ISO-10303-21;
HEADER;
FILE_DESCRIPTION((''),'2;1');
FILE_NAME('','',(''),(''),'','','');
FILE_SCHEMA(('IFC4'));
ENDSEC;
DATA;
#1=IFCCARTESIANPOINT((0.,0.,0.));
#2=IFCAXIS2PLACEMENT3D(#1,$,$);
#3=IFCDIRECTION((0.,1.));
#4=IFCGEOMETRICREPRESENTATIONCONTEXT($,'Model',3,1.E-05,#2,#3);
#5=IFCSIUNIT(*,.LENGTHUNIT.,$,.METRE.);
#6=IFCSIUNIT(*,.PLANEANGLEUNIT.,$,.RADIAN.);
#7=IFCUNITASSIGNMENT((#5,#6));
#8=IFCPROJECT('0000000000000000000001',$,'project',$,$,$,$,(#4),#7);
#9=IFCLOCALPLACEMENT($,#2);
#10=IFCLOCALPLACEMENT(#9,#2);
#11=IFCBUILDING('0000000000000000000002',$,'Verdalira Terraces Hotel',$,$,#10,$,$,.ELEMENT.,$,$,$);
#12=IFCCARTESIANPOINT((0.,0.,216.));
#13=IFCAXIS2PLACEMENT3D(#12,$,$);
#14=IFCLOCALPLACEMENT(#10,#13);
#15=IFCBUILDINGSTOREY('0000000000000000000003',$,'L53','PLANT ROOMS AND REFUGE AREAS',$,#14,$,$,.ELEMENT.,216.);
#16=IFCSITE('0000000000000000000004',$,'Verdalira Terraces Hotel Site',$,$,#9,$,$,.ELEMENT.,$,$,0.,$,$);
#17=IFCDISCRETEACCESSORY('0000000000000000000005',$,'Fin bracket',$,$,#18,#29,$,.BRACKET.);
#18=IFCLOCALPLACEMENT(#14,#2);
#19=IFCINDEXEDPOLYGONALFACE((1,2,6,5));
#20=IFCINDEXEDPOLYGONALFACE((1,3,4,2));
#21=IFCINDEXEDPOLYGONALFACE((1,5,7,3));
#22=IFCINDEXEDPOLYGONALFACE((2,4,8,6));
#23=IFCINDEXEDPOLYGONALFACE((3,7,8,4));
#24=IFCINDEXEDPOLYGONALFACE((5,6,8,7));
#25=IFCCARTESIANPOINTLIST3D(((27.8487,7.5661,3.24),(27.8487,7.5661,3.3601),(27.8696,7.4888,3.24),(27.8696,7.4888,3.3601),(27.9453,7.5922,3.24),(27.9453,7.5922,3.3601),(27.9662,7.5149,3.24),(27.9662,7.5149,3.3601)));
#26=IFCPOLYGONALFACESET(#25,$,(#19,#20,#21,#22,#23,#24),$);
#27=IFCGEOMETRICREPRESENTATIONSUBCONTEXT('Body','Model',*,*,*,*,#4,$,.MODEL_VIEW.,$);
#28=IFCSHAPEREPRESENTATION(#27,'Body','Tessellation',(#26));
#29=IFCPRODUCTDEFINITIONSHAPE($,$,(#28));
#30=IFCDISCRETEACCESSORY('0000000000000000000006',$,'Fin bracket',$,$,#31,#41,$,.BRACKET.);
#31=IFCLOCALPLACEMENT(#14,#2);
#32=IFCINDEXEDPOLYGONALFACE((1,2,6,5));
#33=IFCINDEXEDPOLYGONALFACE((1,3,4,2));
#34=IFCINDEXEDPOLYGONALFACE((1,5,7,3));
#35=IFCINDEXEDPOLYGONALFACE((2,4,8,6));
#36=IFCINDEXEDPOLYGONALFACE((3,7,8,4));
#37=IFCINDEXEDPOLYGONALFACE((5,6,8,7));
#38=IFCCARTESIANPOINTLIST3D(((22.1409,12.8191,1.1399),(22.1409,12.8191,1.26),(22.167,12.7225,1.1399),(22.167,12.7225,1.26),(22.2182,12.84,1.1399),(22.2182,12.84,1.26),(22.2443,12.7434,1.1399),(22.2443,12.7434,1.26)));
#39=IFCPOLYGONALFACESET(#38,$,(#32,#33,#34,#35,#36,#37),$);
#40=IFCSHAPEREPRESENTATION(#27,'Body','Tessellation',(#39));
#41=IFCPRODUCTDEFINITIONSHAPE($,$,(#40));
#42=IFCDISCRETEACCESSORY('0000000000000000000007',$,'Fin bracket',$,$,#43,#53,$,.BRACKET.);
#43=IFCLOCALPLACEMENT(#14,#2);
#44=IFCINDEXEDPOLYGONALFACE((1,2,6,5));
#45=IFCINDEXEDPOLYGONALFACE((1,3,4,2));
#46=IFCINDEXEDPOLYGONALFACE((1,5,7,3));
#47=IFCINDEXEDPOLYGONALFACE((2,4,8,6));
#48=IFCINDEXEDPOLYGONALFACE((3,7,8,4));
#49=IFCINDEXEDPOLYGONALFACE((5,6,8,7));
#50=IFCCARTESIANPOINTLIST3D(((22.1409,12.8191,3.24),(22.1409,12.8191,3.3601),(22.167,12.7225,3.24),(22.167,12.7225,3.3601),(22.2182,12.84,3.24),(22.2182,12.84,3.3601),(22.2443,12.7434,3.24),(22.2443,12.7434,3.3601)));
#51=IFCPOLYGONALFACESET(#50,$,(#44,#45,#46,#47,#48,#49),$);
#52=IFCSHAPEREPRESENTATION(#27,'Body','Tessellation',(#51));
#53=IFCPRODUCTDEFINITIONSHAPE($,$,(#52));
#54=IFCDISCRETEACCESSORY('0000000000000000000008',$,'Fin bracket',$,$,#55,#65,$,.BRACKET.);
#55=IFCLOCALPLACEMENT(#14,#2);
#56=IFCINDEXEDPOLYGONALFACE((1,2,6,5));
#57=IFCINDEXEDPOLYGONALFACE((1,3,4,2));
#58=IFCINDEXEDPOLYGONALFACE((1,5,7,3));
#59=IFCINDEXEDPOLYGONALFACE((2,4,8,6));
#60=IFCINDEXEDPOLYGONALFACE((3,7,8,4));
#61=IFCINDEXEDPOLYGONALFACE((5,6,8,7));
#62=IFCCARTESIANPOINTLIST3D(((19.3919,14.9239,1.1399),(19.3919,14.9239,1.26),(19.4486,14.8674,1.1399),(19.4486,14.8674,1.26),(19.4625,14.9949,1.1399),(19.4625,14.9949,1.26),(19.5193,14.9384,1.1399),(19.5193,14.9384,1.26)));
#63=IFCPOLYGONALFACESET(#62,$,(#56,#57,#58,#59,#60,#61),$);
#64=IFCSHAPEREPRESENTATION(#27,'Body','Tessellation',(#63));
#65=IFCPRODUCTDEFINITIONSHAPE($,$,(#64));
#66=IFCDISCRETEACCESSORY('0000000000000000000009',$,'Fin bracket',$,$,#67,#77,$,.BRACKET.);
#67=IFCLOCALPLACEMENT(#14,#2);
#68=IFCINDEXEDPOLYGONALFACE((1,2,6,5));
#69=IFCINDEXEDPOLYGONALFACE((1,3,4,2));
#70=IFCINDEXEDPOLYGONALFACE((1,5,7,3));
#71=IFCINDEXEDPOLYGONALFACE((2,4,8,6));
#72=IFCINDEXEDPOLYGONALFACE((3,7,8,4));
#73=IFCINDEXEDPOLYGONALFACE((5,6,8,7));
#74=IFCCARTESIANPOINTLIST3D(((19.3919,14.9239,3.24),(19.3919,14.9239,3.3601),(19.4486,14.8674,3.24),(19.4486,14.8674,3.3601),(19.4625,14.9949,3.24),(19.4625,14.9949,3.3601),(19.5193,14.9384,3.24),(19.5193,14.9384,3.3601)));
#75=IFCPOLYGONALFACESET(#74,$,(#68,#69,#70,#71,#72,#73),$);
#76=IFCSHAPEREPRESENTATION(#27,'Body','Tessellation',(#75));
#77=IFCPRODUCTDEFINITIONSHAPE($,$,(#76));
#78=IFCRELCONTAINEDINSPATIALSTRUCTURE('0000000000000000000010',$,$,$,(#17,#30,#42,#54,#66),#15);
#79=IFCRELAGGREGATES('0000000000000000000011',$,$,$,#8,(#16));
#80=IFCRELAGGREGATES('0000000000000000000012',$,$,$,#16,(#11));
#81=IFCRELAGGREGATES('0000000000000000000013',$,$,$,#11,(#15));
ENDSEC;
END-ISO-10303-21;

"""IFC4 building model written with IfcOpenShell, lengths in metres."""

from ifc_helpers import new_model, si_unit, direction, frame, origin, origin_2d, place, context, subcontext, project, spatial, rectangle, extrude, element, save


model = new_model("IFC4")

# Units and contexts
model_context = context("Model", 3, precision=1e-05, world=origin(), true_north=direction((0.0, 1.0)))
body_context = subcontext(model_context, "Body", "Model", "MODEL_VIEW")
ifc_project = project(units=[si_unit("LENGTHUNIT", "METRE"), si_unit("PLANEANGLEUNIT", "RADIAN")], contexts=[model_context])

# Site, building, storey
site_placement = place(None, origin())
site = spatial("IfcSite", under=ifc_project, at=site_placement, Name="Verdalira Terraces Hotel Site", CompositionType="ELEMENT", RefElevation=0.0)
building_placement = place(site_placement, origin())
building = spatial("IfcBuilding", under=site, at=building_placement, Name="Verdalira Terraces Hotel", CompositionType="ELEMENT")
storey_placement = place(building_placement, frame((0.0, 0.0, 216.0)))
storey = spatial("IfcBuildingStorey", under=building, at=storey_placement, Name="L53", Description="PLANT ROOMS AND REFUGE AREAS", CompositionType="ELEMENT", Elevation=216.0)

# Discrete accessories
for number, where, z_axis, x_axis, name in (
    (1, (27.9075, 7.5405, 3.24), (0.0, 0.0, 1.0), (-0.260842, 0.965382, 0.0), "Fin bracket"),
    (2, (22.1926, 12.7812, 1.1399), (0.0, 0.0, 1.0), (-0.965382, -0.260842, 0.0), "Fin bracket"),
    (3, (22.1926, 12.7812, 3.24), (0.0, 0.0, 1.0), (-0.965382, -0.260842, 0.0), "Fin bracket"),
    (4, (19.4556, 14.9312, 1.1399), (0.0, 0.0, 1.0), (-0.708586, 0.705624, 0.0), "Fin bracket"),
    (5, (19.4556, 14.9312, 3.24), (0.0, 0.0, 1.0), (-0.708586, 0.705624, 0.0), "Fin bracket"),
):
    element("IfcDiscreteAccessory", number, at=place(storey_placement, frame(where, z_axis=z_axis, x_axis=x_axis)), inside=storey, Name=name, PredefinedType="BRACKET", context=body_context, shape_type="SweptSolid", body=[
        extrude(rectangle(XDim=0.0801, YDim=0.1001, at=origin_2d()), origin(), (0.0, 0.0, 1.0), 0.1201),
    ])

save(model, "model.ifc")
